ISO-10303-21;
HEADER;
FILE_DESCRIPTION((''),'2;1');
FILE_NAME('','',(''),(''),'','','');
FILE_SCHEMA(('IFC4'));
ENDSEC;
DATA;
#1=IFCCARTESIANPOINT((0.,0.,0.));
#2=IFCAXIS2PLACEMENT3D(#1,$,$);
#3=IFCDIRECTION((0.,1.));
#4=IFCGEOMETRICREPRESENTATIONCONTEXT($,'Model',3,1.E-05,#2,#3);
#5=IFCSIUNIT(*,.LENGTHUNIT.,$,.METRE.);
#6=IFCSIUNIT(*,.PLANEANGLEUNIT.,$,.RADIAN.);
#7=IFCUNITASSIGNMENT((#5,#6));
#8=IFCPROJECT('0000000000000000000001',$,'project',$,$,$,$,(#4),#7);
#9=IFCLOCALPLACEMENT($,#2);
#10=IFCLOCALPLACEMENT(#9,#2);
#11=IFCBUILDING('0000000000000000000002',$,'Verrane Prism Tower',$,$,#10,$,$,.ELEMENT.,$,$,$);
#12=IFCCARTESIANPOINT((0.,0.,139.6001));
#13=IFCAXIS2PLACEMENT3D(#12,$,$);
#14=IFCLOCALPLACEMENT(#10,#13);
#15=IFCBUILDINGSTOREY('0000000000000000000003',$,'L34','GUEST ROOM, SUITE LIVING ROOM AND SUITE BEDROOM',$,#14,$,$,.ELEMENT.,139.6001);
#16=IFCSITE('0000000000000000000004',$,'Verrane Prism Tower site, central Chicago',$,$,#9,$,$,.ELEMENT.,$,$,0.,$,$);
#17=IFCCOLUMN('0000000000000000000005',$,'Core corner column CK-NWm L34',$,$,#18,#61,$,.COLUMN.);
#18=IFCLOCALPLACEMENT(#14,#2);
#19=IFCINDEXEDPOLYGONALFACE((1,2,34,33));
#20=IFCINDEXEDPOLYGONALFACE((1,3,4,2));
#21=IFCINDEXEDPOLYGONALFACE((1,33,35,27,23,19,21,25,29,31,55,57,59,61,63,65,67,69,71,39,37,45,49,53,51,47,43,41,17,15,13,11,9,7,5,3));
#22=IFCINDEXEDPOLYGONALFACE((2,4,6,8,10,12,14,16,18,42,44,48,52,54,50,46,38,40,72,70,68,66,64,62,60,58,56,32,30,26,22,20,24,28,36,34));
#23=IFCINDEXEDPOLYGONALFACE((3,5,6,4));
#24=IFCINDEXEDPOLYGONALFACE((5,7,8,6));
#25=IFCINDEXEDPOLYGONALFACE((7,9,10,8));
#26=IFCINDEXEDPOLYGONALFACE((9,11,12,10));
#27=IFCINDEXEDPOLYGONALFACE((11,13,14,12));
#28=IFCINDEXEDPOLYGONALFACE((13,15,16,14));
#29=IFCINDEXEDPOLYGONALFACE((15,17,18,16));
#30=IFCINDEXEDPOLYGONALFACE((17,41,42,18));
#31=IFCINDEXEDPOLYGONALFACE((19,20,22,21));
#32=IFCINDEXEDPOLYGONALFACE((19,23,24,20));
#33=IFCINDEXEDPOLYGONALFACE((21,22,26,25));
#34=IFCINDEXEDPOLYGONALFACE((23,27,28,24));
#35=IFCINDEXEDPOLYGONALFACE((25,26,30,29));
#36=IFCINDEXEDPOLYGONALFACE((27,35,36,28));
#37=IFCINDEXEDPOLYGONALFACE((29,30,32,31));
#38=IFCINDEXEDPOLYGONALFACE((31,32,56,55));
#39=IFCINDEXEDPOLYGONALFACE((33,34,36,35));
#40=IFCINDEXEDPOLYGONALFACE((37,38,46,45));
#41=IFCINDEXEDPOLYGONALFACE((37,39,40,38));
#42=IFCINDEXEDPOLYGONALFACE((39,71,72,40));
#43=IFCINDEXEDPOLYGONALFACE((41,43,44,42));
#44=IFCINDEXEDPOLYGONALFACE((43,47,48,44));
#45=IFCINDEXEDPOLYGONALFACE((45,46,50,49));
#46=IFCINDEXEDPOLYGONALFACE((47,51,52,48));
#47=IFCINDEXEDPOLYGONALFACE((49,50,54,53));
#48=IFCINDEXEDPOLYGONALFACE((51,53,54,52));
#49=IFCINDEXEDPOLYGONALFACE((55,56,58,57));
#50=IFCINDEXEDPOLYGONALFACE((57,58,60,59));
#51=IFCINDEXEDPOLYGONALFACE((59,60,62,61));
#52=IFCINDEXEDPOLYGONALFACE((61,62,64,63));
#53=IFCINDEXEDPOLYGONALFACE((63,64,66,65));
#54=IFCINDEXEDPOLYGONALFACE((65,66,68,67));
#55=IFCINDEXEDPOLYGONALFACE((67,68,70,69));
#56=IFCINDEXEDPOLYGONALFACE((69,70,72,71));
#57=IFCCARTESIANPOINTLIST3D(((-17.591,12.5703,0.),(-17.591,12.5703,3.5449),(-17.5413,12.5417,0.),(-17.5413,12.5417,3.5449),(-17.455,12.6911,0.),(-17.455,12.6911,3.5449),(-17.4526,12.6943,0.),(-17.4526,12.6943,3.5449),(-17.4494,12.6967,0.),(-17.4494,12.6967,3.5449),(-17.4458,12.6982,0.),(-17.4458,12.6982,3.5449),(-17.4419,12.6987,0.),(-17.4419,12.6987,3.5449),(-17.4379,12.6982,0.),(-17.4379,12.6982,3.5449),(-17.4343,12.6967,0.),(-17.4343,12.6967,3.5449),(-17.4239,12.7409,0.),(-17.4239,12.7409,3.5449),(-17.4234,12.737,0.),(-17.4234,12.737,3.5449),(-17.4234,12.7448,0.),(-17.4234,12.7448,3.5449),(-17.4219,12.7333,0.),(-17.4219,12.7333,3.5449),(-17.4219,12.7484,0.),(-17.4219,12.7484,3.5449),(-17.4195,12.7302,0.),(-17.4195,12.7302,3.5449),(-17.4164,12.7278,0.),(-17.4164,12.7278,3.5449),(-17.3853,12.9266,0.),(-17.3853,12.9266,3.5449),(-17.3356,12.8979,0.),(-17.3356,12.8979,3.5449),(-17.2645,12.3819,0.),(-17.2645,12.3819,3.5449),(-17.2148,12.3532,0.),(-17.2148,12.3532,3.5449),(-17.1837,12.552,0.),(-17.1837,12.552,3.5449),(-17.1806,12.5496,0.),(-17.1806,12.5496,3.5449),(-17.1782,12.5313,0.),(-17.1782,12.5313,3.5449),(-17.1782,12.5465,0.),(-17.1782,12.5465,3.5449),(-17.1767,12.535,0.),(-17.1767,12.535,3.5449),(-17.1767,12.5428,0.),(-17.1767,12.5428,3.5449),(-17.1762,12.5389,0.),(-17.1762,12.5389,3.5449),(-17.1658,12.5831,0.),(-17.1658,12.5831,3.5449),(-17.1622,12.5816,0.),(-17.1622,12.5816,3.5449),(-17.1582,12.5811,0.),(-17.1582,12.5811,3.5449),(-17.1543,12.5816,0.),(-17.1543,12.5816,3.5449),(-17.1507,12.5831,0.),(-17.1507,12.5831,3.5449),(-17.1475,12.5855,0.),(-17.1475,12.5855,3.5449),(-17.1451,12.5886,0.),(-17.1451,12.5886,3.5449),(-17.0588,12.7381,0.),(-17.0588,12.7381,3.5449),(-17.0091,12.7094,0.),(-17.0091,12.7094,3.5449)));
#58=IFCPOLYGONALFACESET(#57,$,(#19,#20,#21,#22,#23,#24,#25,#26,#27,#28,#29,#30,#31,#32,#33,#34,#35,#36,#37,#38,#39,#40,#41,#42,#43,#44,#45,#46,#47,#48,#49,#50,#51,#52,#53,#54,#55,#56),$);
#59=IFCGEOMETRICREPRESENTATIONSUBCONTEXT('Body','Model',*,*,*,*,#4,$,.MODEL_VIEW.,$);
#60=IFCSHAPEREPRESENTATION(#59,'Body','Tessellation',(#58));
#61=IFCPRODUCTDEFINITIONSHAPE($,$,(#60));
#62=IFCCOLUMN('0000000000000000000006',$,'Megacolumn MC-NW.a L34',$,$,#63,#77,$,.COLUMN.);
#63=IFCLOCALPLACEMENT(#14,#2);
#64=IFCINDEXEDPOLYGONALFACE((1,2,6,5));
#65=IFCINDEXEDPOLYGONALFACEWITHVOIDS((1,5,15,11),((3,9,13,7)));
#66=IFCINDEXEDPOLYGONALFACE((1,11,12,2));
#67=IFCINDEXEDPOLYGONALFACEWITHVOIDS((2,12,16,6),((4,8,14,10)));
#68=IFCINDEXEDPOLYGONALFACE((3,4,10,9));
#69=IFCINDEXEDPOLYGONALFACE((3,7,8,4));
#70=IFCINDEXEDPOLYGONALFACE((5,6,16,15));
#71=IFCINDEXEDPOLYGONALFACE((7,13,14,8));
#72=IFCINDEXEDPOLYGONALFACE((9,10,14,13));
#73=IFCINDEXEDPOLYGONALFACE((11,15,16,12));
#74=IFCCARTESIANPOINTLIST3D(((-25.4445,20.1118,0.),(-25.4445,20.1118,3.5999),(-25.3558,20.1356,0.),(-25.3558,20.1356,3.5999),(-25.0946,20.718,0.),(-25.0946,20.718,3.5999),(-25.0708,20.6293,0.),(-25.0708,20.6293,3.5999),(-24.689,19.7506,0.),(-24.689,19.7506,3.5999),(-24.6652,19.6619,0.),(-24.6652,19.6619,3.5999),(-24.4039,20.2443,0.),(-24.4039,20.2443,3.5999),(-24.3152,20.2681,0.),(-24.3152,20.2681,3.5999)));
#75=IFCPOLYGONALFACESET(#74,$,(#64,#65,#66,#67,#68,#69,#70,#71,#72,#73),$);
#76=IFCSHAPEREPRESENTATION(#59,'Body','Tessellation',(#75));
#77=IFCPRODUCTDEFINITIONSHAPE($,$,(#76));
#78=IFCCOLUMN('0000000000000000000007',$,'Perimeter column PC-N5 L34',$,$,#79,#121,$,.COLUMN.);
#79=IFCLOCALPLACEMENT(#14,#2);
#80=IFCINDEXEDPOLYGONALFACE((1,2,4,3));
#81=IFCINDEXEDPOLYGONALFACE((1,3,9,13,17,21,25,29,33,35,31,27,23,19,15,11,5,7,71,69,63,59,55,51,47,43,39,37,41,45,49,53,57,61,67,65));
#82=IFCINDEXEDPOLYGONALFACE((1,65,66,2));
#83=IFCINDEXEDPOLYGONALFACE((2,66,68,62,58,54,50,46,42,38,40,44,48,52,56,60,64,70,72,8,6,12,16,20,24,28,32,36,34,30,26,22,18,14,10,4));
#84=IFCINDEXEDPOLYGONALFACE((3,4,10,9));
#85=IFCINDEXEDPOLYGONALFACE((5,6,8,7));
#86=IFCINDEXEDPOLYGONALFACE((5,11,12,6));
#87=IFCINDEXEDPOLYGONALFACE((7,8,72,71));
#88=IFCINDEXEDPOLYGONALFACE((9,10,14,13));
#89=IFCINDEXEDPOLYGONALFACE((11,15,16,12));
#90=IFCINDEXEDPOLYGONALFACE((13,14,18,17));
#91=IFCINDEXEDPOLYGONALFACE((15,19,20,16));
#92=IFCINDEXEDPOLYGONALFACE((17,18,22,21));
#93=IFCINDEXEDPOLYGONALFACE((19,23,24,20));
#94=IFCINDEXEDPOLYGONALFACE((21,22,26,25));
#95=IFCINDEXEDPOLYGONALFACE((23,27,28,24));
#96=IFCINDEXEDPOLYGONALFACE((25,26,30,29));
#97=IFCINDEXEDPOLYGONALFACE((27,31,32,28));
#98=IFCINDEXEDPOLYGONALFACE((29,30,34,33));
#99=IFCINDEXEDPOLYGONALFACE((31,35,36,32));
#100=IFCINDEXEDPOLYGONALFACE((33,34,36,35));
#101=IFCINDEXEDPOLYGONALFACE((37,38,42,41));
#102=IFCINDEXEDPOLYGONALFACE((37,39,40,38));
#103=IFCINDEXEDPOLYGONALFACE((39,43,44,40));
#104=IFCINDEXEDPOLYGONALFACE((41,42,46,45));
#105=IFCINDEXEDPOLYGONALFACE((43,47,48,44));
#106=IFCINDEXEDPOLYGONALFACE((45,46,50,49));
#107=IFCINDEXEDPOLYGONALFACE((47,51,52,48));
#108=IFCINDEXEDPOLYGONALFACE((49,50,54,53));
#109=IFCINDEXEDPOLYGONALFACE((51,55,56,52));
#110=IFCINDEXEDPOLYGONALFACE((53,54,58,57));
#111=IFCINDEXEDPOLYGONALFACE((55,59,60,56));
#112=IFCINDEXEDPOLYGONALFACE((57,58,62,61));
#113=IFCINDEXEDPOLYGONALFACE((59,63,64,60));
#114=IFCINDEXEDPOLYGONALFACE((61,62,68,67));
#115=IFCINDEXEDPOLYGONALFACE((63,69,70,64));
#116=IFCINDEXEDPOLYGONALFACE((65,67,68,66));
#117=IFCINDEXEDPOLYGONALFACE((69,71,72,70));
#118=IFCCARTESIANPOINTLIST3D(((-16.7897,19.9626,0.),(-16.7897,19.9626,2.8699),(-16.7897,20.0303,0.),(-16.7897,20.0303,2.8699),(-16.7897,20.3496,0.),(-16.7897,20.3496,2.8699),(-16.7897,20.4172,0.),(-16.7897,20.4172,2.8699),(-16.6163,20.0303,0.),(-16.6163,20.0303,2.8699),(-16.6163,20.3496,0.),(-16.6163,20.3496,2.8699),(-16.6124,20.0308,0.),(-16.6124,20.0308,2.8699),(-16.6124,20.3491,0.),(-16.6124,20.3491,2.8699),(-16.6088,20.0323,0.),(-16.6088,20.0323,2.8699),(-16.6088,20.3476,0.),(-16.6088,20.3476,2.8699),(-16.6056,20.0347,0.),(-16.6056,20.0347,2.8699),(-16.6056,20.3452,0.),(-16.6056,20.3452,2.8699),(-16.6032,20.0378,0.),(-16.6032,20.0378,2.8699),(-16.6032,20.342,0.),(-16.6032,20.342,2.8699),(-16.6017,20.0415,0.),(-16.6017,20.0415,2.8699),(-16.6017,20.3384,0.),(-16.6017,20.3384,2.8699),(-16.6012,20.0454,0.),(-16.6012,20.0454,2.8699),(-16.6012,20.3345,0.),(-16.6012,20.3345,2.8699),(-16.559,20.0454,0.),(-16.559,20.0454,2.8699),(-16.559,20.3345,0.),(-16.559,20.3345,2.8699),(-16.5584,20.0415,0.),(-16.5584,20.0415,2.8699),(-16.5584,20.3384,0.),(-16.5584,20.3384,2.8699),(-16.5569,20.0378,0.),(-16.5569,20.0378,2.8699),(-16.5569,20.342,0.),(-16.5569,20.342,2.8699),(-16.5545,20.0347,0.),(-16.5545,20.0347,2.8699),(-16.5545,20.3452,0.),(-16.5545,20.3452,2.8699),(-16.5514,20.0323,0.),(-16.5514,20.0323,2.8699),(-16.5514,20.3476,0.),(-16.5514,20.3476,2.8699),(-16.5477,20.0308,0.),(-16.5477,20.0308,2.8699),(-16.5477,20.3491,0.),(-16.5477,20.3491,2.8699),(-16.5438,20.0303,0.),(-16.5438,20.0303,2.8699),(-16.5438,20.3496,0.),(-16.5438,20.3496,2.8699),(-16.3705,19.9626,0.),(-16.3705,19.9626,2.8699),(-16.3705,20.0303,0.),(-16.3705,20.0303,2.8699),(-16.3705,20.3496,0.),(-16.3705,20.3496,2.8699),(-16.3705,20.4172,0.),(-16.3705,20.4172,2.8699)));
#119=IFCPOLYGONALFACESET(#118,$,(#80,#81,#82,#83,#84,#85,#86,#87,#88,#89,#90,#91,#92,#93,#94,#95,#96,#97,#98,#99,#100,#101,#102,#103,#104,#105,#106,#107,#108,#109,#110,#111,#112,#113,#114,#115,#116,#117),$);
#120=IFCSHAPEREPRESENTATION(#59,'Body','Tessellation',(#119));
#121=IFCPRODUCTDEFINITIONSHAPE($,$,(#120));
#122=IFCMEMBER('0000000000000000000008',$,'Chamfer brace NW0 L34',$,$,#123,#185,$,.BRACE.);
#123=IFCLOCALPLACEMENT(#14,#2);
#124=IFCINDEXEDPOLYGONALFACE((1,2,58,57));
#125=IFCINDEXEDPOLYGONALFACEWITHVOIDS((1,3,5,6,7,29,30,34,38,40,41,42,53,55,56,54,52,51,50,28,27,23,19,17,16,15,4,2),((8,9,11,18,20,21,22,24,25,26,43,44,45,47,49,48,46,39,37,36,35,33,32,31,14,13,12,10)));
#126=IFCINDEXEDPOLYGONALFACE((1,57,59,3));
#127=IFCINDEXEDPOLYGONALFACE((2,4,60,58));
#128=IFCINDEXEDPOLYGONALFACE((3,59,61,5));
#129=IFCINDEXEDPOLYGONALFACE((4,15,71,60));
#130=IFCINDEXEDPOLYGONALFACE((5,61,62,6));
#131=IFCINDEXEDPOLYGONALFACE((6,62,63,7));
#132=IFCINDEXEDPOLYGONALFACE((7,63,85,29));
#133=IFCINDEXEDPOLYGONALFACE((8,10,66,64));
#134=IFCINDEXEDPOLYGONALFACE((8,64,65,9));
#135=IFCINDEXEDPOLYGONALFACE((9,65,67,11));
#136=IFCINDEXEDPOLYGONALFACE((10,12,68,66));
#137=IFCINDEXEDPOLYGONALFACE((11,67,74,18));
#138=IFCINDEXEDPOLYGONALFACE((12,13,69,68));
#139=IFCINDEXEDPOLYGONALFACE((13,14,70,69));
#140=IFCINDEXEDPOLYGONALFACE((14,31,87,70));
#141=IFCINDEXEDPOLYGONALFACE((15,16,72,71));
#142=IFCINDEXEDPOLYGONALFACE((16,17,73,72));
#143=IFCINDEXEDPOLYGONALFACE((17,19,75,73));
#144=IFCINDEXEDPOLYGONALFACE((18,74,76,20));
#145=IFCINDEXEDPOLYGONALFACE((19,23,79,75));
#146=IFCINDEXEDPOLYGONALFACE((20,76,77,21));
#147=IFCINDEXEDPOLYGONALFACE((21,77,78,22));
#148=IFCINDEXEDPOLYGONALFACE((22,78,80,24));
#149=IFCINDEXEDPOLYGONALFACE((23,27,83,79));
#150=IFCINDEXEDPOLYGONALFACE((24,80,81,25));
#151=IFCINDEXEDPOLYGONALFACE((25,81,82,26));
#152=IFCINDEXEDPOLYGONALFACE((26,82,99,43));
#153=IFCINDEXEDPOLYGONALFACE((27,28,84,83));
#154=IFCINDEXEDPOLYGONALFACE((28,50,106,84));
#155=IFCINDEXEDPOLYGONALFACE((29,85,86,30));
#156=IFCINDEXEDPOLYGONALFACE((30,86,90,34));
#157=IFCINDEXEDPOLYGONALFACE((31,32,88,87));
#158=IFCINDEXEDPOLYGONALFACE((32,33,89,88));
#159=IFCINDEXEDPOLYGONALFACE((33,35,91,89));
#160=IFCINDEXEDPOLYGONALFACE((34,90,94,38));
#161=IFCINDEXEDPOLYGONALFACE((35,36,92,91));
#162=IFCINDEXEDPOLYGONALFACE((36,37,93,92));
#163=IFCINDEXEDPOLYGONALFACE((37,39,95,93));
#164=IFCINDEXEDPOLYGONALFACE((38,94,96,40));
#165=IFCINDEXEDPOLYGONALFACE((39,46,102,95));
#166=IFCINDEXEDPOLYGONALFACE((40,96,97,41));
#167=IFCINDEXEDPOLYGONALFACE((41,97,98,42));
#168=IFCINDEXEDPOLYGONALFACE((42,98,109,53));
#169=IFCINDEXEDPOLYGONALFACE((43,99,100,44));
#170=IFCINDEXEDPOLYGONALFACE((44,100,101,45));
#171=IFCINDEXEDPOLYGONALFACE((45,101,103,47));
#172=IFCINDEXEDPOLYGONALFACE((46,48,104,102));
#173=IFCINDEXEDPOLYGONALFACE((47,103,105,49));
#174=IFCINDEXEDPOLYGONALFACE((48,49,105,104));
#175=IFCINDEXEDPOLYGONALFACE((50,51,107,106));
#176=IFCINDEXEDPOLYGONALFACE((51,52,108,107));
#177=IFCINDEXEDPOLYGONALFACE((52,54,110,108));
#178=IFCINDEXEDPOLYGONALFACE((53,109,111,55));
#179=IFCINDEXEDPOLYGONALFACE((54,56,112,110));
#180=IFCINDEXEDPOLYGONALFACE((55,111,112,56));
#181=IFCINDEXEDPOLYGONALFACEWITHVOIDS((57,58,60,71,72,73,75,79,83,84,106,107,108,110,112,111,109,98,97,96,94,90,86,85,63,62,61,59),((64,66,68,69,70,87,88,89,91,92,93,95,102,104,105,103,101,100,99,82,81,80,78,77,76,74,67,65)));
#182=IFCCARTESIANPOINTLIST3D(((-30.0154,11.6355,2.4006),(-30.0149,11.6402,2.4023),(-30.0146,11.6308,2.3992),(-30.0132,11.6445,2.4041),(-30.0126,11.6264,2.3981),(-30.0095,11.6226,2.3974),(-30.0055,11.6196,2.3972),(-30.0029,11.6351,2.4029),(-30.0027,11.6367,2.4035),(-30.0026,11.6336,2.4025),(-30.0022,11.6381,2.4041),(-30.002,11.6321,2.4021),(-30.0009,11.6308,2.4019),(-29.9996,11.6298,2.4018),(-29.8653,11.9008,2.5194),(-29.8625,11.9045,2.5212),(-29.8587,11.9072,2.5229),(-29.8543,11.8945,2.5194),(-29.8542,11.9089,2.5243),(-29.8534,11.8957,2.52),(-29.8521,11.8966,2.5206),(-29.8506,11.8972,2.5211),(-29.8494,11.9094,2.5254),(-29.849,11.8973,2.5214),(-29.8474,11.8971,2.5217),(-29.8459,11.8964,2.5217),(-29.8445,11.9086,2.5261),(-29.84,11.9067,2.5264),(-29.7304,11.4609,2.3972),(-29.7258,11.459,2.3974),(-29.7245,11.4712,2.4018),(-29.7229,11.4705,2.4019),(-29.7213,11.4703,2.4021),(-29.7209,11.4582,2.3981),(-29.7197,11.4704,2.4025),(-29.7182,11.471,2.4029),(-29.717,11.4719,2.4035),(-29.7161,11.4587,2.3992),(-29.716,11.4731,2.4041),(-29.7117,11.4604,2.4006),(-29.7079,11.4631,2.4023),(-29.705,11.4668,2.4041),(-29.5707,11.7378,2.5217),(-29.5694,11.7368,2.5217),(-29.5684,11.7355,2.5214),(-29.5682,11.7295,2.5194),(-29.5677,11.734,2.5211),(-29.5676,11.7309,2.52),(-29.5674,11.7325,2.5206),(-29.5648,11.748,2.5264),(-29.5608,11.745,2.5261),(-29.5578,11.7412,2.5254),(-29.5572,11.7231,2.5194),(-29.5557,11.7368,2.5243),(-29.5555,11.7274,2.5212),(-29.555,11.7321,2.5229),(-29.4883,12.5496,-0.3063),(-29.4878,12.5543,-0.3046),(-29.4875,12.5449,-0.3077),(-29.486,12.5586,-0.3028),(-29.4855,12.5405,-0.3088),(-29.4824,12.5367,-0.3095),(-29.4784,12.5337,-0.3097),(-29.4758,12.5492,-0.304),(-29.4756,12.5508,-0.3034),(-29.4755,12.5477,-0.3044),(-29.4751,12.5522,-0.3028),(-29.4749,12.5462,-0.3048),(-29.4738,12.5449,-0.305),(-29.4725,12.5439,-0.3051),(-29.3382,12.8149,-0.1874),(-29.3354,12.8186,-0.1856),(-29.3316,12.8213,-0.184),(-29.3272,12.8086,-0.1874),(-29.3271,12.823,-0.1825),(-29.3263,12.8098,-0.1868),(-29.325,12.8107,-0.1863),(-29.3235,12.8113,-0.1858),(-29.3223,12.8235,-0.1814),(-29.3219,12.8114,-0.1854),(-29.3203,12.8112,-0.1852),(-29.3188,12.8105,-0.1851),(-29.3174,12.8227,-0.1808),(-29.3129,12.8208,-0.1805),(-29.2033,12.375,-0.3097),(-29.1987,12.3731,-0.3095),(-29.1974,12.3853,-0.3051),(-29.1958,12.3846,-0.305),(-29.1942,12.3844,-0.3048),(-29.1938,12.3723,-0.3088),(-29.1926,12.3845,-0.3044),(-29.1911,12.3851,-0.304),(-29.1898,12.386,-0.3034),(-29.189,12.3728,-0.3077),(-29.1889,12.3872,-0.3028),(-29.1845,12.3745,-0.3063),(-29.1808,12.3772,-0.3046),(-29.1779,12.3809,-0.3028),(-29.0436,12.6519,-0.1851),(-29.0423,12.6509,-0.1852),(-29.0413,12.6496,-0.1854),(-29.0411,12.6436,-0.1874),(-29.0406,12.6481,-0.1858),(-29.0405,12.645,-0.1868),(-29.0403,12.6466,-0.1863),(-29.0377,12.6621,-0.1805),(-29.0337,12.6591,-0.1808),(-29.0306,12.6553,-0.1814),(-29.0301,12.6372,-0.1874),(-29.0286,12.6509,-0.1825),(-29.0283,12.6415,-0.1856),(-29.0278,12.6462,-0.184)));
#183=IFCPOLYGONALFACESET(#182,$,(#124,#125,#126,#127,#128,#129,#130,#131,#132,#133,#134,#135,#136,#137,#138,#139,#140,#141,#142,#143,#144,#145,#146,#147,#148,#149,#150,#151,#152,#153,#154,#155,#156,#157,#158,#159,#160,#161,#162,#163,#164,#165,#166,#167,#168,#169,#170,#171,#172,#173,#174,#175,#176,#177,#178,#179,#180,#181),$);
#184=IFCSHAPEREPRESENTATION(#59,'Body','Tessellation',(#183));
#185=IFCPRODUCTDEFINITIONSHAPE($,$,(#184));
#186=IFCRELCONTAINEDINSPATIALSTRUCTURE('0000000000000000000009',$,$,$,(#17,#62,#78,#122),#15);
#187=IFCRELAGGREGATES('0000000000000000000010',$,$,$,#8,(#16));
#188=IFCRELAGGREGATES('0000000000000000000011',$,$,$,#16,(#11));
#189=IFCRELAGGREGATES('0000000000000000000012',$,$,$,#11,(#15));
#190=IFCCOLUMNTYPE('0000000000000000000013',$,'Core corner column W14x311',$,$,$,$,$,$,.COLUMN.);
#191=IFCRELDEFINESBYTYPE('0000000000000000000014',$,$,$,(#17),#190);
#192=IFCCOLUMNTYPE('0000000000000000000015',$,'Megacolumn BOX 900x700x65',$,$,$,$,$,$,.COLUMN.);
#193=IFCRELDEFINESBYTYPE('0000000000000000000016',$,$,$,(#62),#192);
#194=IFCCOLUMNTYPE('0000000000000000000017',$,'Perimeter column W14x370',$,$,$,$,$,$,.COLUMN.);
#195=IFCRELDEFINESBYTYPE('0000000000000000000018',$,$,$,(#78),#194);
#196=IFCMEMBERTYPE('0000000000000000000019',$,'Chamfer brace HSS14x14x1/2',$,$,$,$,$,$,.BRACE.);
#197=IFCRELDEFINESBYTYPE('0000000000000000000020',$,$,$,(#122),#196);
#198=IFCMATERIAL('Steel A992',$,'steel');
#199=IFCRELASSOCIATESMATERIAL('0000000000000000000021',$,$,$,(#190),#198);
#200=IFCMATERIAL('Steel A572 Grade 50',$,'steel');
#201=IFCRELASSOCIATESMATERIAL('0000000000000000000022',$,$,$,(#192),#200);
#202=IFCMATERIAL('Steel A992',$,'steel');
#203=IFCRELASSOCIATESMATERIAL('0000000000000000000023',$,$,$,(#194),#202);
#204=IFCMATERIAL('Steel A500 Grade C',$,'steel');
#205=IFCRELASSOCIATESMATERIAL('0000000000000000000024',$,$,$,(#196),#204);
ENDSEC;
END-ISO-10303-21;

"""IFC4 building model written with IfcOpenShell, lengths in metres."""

from ifc_helpers import new_model, si_unit, direction, frame, origin, origin_2d, place, context, subcontext, project, spatial, hollow_rectangle, i_section, extrude, material, material_profile, profile_set, type_object, element, save


model = new_model("IFC4")

# Units and contexts
model_context = context("Model", 3, precision=1e-05, world=origin(), true_north=direction((0.0, 1.0)))
body_context = subcontext(model_context, "Body", "Model", "MODEL_VIEW")
ifc_project = project(units=[si_unit("LENGTHUNIT", "METRE"), si_unit("PLANEANGLEUNIT", "RADIAN")], contexts=[model_context])

# Site, building, storey
site_placement = place(None, origin())
site = spatial("IfcSite", under=ifc_project, at=site_placement, Name="Verrane Prism Tower site, central Chicago", CompositionType="ELEMENT", RefElevation=0.0)
building_placement = place(site_placement, origin())
building = spatial("IfcBuilding", under=site, at=building_placement, Name="Verrane Prism Tower", CompositionType="ELEMENT")
storey_placement = place(building_placement, frame((0.0, 0.0, 139.6001)))
storey = spatial("IfcBuildingStorey", under=building, at=storey_placement, Name="L34", Description="GUEST ROOM, SUITE LIVING ROOM AND SUITE BEDROOM", CompositionType="ELEMENT", Elevation=139.6001)

# Columns
ifc_material_1 = material(Name="Steel A992", Category="steel")
ifc_material_profile_1 = material_profile(ifc_material_1, i_section(OverallWidth=0.4114, OverallDepth=0.4343, WebThickness=0.0359, FlangeThickness=0.0574, FilletRadius=0.0151, at=origin_2d()), Name="W14x311")
ifc_profile_set_1 = profile_set([ifc_material_profile_1], Name="Steel A992")
column_type_1 = type_object("IfcColumnType", Name="Core corner column W14x311", PredefinedType="COLUMN", material=ifc_profile_set_1)
column_1_placement = place(storey_placement, frame((-17.3, 12.6399, 0.0), z_axis=(0.0, 0.0, 1.0), x_axis=(0.5, 0.866025, 0.0)))
element("IfcColumn", 1, at=column_1_placement, inside=storey, type_object=column_type_1, Name="Core corner column CK-NWm L34", PredefinedType="COLUMN", context=body_context, shape_type="SweptSolid", body=[
    extrude(i_section(OverallWidth=0.4114, OverallDepth=0.4343, WebThickness=0.0359, FlangeThickness=0.0574, FilletRadius=0.0151, at=origin_2d()), origin(), (0.0, 0.0, 1.0), 3.5449),
])
ifc_material_2 = material(Name="Steel A572 Grade 50", Category="steel")
ifc_material_profile_2 = material_profile(ifc_material_2, hollow_rectangle(XDim=0.7, YDim=0.8999, WallThickness=0.0649, at=origin_2d()), Name="BOX 900x700x65")
ifc_profile_set_2 = profile_set([ifc_material_profile_2], Name="Steel A572 Grade 50")
column_type_2 = type_object("IfcColumnType", Name="Megacolumn BOX 900x700x65", PredefinedType="COLUMN", material=ifc_profile_set_2)
column_2_placement = place(storey_placement, frame((-24.8799, 20.1899, 0.0), z_axis=(0.0, 0.0, 1.0), x_axis=(0.5, 0.866025, 0.0)))
element("IfcColumn", 2, at=column_2_placement, inside=storey, type_object=column_type_2, Name="Megacolumn MC-NW.a L34", PredefinedType="COLUMN", context=body_context, shape_type="SweptSolid", body=[
    extrude(hollow_rectangle(XDim=0.7, YDim=0.8999, WallThickness=0.0649, at=origin_2d()), origin(), (0.0, 0.0, 1.0), 3.5999),
])
ifc_material_3 = material(Name="Steel A992", Category="steel")
ifc_material_profile_3 = material_profile(ifc_material_3, i_section(OverallWidth=0.4192, OverallDepth=0.4546, WebThickness=0.0422, FlangeThickness=0.0676, FilletRadius=0.0151, at=origin_2d()), Name="W14x370")
ifc_profile_set_3 = profile_set([ifc_material_profile_3], Name="Steel A992")
column_type_3 = type_object("IfcColumnType", Name="Perimeter column W14x370", PredefinedType="COLUMN", material=ifc_profile_set_3)
column_3_placement = place(storey_placement, frame((-16.5801, 20.1899, 0.0), z_axis=(0.0, 0.0, 1.0), x_axis=(1.0, 0.0, 0.0)))
element("IfcColumn", 3, at=column_3_placement, inside=storey, type_object=column_type_3, Name="Perimeter column PC-N5 L34", PredefinedType="COLUMN", context=body_context, shape_type="SweptSolid", body=[
    extrude(i_section(OverallWidth=0.4192, OverallDepth=0.4546, WebThickness=0.0422, FlangeThickness=0.0676, FilletRadius=0.0151, at=origin_2d()), origin(), (0.0, 0.0, 1.0), 2.8699),
])

# Member
ifc_material_4 = material(Name="Steel A500 Grade C", Category="steel")
ifc_material_profile_4 = material_profile(ifc_material_4, hollow_rectangle(XDim=0.3557, YDim=0.3557, WallThickness=0.0127, InnerFilletRadius=0.0063, OuterFilletRadius=0.019, at=origin_2d()), Name="HSS14x14x1/2")
ifc_profile_set_4 = profile_set([ifc_material_profile_4], Name="Steel A500 Grade C")
member_type_1 = type_object("IfcMemberType", Name="Chamfer brace HSS14x14x1/2", PredefinedType="BRACE", material=ifc_profile_set_4)
member_1_placement = place(storey_placement, frame((-29.2581, 12.5979, -0.2451), z_axis=(-0.181435, -0.314633, 0.931712), x_axis=(0.866286, -0.499549, 0.0)))
element("IfcMember", 4, at=member_1_placement, inside=storey, type_object=member_type_1, Name="Chamfer brace NW0 L34", PredefinedType="BRACE", context=body_context, shape_type="SweptSolid", body=[
    extrude(hollow_rectangle(XDim=0.3557, YDim=0.3557, WallThickness=0.0127, InnerFilletRadius=0.0063, OuterFilletRadius=0.019, at=origin_2d()), origin(), (0.0, 0.0, 1.0), 2.9053),
])

save(model, "model.ifc")
